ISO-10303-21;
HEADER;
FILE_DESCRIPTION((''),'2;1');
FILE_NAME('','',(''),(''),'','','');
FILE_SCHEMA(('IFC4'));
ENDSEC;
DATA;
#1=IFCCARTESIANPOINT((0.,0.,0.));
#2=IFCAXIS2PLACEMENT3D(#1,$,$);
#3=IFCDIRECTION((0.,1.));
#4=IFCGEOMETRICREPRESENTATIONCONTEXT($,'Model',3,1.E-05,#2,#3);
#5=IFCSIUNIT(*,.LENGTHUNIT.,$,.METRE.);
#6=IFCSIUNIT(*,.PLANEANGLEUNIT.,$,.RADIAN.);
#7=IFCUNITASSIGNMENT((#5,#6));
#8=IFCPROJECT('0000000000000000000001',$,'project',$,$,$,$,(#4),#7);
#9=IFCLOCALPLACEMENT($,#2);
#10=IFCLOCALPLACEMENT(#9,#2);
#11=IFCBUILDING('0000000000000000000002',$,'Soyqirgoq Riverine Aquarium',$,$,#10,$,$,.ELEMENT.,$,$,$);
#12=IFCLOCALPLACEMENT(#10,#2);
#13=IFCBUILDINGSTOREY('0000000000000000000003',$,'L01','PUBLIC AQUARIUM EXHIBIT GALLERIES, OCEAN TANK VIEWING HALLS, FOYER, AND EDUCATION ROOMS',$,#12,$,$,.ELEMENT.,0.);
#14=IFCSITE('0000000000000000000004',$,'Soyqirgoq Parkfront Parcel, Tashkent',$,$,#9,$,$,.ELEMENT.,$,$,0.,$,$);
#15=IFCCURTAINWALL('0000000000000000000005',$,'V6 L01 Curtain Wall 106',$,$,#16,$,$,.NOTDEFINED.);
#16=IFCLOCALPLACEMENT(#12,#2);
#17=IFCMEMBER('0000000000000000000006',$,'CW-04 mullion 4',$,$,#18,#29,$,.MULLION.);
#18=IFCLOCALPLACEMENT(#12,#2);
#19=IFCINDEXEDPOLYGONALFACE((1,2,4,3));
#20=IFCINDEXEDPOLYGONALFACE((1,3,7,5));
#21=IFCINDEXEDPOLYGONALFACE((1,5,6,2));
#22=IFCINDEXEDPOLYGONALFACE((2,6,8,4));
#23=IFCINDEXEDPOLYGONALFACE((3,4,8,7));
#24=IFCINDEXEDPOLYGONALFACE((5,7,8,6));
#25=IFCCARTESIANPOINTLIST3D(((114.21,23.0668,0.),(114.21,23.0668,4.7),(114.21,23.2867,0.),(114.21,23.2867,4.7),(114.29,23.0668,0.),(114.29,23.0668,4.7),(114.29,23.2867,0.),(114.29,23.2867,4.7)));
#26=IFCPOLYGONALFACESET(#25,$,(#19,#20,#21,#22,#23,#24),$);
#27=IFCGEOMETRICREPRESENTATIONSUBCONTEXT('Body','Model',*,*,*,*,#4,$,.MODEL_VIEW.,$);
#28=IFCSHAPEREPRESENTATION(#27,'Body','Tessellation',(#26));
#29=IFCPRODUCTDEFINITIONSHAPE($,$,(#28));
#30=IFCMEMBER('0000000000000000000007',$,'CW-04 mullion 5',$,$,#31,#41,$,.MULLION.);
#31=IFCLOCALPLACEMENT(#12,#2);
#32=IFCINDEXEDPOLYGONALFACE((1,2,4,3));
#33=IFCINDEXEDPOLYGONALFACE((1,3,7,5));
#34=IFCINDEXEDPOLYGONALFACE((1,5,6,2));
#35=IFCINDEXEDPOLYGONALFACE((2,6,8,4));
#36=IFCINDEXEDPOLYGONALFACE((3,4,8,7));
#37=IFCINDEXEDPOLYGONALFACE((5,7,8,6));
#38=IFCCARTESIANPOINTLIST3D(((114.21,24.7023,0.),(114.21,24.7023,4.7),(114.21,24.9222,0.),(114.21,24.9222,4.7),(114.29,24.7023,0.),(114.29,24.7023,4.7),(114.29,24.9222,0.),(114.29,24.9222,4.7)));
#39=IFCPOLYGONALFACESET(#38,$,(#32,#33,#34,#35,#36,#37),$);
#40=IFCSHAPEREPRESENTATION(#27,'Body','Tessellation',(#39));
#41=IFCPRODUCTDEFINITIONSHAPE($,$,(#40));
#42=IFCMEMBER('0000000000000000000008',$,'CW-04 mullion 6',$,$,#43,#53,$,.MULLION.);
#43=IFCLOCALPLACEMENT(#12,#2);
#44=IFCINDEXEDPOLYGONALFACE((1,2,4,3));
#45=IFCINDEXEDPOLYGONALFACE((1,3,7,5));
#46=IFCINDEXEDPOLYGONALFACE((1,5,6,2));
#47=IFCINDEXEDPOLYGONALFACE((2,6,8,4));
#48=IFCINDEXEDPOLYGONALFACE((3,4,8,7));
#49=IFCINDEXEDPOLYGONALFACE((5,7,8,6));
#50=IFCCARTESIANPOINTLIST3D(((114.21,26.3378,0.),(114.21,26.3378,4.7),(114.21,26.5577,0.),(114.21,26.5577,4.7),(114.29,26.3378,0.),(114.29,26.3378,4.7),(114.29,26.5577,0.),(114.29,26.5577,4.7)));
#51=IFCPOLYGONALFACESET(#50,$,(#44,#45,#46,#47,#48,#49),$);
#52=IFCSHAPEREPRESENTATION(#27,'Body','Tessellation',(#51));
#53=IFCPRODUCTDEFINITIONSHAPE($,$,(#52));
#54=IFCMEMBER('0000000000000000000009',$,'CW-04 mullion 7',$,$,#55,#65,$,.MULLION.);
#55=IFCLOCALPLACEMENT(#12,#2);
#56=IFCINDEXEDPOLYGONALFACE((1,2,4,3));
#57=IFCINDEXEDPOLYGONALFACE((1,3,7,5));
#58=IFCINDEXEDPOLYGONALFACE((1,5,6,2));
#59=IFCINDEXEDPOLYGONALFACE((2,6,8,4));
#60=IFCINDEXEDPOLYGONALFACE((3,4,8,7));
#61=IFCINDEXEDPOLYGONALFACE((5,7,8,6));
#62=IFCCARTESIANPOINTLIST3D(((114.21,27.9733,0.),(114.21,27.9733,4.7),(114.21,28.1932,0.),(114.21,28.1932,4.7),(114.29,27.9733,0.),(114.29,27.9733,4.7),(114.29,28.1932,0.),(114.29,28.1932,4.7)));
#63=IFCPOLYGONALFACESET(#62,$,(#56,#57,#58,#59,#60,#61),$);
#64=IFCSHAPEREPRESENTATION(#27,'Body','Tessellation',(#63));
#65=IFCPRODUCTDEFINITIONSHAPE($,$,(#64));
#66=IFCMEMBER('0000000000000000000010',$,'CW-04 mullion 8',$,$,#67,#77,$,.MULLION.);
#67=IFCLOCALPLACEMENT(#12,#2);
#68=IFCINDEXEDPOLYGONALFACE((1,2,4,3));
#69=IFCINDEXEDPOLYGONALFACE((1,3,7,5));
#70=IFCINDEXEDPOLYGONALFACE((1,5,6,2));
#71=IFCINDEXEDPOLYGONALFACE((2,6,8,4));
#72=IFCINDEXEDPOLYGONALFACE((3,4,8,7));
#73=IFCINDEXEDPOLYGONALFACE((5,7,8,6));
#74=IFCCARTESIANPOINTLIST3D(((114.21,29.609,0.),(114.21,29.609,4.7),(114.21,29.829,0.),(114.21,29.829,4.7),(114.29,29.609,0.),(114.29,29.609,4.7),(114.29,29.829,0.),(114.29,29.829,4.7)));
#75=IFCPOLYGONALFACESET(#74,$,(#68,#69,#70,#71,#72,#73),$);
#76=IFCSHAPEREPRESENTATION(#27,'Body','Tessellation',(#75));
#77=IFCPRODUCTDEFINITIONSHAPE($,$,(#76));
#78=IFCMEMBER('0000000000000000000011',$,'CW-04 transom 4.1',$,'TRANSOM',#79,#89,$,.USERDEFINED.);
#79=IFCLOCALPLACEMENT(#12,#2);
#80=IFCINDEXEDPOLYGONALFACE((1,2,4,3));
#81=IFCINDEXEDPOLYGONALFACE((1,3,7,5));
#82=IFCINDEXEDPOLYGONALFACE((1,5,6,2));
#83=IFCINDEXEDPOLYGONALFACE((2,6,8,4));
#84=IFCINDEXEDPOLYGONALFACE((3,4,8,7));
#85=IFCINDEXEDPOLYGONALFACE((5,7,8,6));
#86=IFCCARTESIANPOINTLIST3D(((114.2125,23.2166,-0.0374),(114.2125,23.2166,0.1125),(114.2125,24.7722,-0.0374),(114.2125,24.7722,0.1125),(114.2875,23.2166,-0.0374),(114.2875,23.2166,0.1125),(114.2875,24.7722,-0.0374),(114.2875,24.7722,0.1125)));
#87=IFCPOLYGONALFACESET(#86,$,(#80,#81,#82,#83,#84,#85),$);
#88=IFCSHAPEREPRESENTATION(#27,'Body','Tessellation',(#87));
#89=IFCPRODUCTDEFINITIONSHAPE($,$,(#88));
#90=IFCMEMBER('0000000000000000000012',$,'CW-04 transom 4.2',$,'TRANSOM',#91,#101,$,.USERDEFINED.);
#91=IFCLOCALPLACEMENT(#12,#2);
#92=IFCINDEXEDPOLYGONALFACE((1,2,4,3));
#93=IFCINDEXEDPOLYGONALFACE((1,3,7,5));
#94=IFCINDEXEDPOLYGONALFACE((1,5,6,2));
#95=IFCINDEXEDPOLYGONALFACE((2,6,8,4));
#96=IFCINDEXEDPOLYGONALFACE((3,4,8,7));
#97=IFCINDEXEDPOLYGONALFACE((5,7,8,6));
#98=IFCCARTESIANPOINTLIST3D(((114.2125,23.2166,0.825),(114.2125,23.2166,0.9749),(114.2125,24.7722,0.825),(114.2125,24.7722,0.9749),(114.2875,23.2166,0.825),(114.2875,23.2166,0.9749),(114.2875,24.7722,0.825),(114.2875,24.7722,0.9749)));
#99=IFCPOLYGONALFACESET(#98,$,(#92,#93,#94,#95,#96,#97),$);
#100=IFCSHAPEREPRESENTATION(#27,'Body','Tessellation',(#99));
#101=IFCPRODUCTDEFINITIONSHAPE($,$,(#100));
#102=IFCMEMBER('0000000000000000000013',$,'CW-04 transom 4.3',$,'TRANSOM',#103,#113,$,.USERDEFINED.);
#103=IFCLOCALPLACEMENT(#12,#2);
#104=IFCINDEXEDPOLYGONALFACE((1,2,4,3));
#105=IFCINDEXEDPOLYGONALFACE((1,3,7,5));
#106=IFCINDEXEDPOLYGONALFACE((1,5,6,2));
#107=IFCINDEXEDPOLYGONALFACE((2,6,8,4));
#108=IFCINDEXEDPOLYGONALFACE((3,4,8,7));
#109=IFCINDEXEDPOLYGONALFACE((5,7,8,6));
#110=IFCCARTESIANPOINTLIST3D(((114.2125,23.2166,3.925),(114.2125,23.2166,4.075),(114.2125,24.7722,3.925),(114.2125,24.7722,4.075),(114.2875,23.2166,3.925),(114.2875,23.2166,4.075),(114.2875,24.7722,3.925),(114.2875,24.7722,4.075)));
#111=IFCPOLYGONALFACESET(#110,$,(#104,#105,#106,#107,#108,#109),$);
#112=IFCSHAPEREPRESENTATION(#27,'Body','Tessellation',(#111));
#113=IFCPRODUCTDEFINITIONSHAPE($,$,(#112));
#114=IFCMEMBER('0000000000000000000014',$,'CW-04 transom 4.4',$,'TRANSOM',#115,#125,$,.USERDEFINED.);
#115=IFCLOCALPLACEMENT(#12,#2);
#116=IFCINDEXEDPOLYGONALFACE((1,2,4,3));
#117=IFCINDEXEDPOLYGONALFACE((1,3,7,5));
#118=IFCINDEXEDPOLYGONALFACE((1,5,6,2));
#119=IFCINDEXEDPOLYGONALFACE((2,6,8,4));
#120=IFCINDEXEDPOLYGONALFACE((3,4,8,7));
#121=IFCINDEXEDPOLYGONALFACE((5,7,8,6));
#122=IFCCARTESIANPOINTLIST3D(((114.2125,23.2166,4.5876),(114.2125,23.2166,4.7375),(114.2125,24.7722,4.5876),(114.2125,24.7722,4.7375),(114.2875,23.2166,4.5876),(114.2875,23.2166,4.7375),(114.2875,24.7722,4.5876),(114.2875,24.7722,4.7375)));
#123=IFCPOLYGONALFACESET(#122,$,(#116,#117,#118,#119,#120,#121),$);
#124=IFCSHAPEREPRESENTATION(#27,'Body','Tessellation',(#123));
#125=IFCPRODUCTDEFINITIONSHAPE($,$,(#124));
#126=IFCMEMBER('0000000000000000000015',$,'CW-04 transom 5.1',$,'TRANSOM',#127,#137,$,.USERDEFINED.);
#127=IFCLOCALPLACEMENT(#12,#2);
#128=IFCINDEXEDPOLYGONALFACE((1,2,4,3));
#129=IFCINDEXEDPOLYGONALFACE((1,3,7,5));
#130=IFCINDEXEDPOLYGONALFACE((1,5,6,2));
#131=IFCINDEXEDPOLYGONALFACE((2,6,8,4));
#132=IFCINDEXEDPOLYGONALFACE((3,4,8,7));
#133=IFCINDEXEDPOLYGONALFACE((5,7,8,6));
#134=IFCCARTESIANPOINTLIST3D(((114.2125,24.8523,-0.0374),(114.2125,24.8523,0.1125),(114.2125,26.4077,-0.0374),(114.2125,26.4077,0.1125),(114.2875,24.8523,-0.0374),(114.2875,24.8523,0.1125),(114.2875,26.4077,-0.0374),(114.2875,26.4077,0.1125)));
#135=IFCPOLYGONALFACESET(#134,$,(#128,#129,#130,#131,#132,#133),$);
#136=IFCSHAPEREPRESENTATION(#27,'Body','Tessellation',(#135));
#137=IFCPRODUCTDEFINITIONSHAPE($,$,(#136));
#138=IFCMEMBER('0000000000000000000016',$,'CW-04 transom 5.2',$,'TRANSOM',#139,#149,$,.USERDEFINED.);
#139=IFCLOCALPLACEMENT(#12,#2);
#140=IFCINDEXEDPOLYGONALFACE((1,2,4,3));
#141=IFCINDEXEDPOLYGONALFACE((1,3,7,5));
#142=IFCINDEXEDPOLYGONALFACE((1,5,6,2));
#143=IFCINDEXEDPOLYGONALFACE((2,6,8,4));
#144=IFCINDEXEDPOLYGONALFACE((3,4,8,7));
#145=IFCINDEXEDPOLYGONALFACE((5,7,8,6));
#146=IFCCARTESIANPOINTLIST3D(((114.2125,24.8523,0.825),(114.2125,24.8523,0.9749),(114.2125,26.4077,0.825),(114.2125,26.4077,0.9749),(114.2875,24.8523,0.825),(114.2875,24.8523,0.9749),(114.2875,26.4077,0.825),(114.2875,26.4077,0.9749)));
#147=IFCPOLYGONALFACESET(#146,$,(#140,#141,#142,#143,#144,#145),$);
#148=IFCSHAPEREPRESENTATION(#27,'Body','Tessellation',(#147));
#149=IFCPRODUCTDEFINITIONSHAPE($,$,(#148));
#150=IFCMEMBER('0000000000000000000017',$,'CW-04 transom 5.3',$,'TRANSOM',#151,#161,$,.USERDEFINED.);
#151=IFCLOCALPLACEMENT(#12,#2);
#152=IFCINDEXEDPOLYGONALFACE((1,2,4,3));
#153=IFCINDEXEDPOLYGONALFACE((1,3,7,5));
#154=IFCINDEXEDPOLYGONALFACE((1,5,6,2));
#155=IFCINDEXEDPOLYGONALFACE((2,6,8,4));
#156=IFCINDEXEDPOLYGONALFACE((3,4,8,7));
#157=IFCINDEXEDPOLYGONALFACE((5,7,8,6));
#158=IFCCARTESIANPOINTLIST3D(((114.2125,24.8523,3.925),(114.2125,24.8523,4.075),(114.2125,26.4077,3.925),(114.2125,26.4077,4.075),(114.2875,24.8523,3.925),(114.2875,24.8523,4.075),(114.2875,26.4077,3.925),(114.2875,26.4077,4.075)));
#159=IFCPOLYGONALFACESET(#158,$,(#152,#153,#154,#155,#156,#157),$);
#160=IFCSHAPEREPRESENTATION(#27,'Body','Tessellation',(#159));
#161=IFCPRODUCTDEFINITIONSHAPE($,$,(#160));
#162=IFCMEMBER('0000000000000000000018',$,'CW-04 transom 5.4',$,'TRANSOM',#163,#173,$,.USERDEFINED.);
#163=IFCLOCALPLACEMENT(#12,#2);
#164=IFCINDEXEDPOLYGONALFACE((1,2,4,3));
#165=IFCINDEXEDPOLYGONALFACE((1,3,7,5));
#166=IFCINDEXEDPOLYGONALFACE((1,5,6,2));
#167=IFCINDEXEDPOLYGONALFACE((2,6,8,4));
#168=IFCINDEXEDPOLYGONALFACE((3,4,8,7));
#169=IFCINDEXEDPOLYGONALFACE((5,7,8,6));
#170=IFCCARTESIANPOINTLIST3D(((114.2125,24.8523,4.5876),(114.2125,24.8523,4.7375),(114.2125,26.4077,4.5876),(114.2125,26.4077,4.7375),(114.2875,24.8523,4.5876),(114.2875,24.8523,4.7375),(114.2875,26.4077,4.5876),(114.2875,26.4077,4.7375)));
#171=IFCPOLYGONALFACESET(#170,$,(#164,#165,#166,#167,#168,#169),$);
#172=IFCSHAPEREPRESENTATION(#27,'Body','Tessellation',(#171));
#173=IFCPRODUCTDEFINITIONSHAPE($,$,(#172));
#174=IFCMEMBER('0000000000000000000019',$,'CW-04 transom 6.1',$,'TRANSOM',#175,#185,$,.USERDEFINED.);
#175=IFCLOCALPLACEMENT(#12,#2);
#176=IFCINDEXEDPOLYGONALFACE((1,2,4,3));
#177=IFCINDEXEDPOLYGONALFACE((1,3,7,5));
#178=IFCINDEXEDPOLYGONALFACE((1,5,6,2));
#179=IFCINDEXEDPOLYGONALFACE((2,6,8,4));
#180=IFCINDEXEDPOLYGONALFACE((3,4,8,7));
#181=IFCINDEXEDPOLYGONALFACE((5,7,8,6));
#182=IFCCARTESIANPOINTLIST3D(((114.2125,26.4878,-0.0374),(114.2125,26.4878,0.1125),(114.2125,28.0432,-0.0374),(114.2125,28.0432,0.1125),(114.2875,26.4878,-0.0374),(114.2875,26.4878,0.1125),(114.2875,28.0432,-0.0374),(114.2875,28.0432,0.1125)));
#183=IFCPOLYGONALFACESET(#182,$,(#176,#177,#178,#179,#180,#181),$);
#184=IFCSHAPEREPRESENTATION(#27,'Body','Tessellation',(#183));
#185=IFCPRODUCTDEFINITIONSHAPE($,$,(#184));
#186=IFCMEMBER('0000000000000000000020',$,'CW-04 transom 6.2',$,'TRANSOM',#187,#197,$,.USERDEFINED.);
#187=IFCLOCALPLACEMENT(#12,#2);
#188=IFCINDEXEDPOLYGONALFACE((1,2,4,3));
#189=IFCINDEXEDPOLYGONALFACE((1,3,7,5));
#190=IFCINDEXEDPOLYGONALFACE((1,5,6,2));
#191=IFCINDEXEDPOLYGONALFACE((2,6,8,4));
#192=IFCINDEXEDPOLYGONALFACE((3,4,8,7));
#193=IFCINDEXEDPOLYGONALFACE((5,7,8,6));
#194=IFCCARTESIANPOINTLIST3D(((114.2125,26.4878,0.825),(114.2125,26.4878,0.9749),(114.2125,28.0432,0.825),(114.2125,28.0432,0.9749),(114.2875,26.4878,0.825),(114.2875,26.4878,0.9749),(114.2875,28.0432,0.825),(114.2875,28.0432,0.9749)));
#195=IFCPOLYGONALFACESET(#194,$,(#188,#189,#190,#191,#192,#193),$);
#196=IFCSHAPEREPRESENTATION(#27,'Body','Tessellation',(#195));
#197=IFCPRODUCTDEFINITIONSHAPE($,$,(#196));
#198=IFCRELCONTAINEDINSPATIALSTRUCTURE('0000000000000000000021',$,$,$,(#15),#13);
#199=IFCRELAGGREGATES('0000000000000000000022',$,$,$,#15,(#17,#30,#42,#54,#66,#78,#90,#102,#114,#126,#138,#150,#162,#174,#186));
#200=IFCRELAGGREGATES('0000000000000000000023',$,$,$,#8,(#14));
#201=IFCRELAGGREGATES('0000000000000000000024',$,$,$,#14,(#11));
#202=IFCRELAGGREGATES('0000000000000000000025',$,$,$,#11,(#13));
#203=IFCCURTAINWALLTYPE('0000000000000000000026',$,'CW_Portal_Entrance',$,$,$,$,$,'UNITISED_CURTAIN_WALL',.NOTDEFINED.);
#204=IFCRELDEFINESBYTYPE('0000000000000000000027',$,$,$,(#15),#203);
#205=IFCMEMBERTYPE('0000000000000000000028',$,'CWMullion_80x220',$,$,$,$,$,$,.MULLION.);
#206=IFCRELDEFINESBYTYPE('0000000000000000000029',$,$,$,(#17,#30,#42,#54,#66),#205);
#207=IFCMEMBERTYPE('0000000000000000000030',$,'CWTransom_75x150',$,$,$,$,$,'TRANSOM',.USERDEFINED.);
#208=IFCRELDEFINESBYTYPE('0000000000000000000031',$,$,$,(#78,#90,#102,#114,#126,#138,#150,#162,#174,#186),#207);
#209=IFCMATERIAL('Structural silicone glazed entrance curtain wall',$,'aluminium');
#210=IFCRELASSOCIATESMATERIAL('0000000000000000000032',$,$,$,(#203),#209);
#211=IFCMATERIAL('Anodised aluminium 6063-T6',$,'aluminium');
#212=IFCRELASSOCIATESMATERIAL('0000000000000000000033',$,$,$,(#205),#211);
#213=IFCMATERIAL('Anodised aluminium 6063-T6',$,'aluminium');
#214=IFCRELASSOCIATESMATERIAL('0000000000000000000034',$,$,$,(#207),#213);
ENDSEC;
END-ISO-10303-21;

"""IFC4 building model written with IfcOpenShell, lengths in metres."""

from ifc_helpers import new_model, si_unit, direction, frame, origin, origin_2d, place, context, subcontext, project, spatial, rectangle, extrude, material, material_profile, profile_set, type_object, element, aggregate, save


model = new_model("IFC4")

# Units and contexts
model_context = context("Model", 3, precision=1e-05, world=origin(), true_north=direction((0.0, 1.0)))
body_context = subcontext(model_context, "Body", "Model", "MODEL_VIEW")
ifc_project = project(units=[si_unit("LENGTHUNIT", "METRE"), si_unit("PLANEANGLEUNIT", "RADIAN")], contexts=[model_context])

# Site, building, storey
site_placement = place(None, origin())
site = spatial("IfcSite", under=ifc_project, at=site_placement, Name="Soyqirgoq Parkfront Parcel, Tashkent", CompositionType="ELEMENT", RefElevation=0.0)
building_placement = place(site_placement, origin())
building = spatial("IfcBuilding", under=site, at=building_placement, Name="Soyqirgoq Riverine Aquarium", CompositionType="ELEMENT")
storey_placement = place(building_placement, origin())
storey = spatial("IfcBuildingStorey", under=building, at=storey_placement, Name="L01", Description="PUBLIC AQUARIUM EXHIBIT GALLERIES, OCEAN TANK VIEWING HALLS, FOYER, AND EDUCATION ROOMS", CompositionType="ELEMENT", Elevation=0.0)

# Curtain wall, members
ifc_material_1 = material(Name="Structural silicone glazed entrance curtain wall", Category="aluminium")
curtain_wall_type = type_object("IfcCurtainWallType", Name="CW_Portal_Entrance", ElementType="UNITISED_CURTAIN_WALL", PredefinedType="NOTDEFINED", material=ifc_material_1)
curtain_wall_placement = place(storey_placement, origin())
curtain_wall = element("IfcCurtainWall", 1, at=curtain_wall_placement, inside=storey, type_object=curtain_wall_type, Name="V6 L01 Curtain Wall 106", PredefinedType="NOTDEFINED")
ifc_material_2 = material(Name="Anodised aluminium 6063-T6", Category="aluminium")
ifc_material_profile_1 = material_profile(ifc_material_2, rectangle(XDim=0.0801, YDim=0.22, at=origin_2d()), Name="ALU-M 80x220")
ifc_profile_set_1 = profile_set([ifc_material_profile_1], Name="Anodised aluminium 6063-T6")
member_type_1 = type_object("IfcMemberType", Name="CWMullion_80x220", PredefinedType="MULLION", material=ifc_profile_set_1)
member_1_placement = place(storey_placement, frame((114.25, 23.1768, 0.0), z_axis=(0.0, 0.0, 1.0), x_axis=(-1.0, 0.0, 0.0)))
member_1 = element("IfcMember", 2, at=member_1_placement, type_object=member_type_1, Name="CW-04 mullion 4", PredefinedType="MULLION", context=body_context, shape_type="SweptSolid", body=[
    extrude(rectangle(XDim=0.0801, YDim=0.22, at=origin_2d()), origin(), (0.0, 0.0, 1.0), 4.7),
])
member_2_placement = place(storey_placement, frame((114.25, 24.8123, 0.0), z_axis=(0.0, 0.0, 1.0), x_axis=(-1.0, 0.0, 0.0)))
member_2 = element("IfcMember", 3, at=member_2_placement, type_object=member_type_1, Name="CW-04 mullion 5", PredefinedType="MULLION", context=body_context, shape_type="SweptSolid", body=[
    extrude(rectangle(XDim=0.0801, YDim=0.22, at=origin_2d()), origin(), (0.0, 0.0, 1.0), 4.7),
])
member_3_placement = place(storey_placement, frame((114.25, 26.4478, 0.0), z_axis=(0.0, 0.0, 1.0), x_axis=(-1.0, 0.0, 0.0)))
member_3 = element("IfcMember", 4, at=member_3_placement, type_object=member_type_1, Name="CW-04 mullion 6", PredefinedType="MULLION", context=body_context, shape_type="SweptSolid", body=[
    extrude(rectangle(XDim=0.0801, YDim=0.22, at=origin_2d()), origin(), (0.0, 0.0, 1.0), 4.7),
])
member_4_placement = place(storey_placement, frame((114.25, 28.0833, 0.0), z_axis=(0.0, 0.0, 1.0), x_axis=(-1.0, 0.0, 0.0)))
member_4 = element("IfcMember", 5, at=member_4_placement, type_object=member_type_1, Name="CW-04 mullion 7", PredefinedType="MULLION", context=body_context, shape_type="SweptSolid", body=[
    extrude(rectangle(XDim=0.0801, YDim=0.22, at=origin_2d()), origin(), (0.0, 0.0, 1.0), 4.7),
])
member_5_placement = place(storey_placement, frame((114.25, 29.719, 0.0), z_axis=(0.0, 0.0, 1.0), x_axis=(-1.0, 0.0, 0.0)))
member_5 = element("IfcMember", 6, at=member_5_placement, type_object=member_type_1, Name="CW-04 mullion 8", PredefinedType="MULLION", context=body_context, shape_type="SweptSolid", body=[
    extrude(rectangle(XDim=0.0801, YDim=0.22, at=origin_2d()), origin(), (0.0, 0.0, 1.0), 4.7),
])
ifc_material_3 = material(Name="Anodised aluminium 6063-T6", Category="aluminium")
ifc_material_profile_2 = material_profile(ifc_material_3, rectangle(XDim=0.075, YDim=0.1499, at=origin_2d()), Name="ALU-T 75x150")
ifc_profile_set_2 = profile_set([ifc_material_profile_2], Name="Anodised aluminium 6063-T6")
member_type_2 = type_object("IfcMemberType", Name="CWTransom_75x150", ElementType="TRANSOM", PredefinedType="USERDEFINED", material=ifc_profile_set_2)
member_6_placement = place(storey_placement, frame((114.25, 23.2166, 0.0376), z_axis=(0.0, 1.0, 0.0), x_axis=(-1.0, 0.0, 0.0)))
member_6 = element("IfcMember", 7, at=member_6_placement, type_object=member_type_2, Name="CW-04 transom 4.1", ObjectType="TRANSOM", PredefinedType="USERDEFINED", context=body_context, shape_type="SweptSolid", body=[
    extrude(rectangle(XDim=0.075, YDim=0.1499, at=origin_2d()), origin(), (0.0, 0.0, 1.0), 1.5557),
])
member_7_placement = place(storey_placement, frame((114.25, 23.2166, 0.8999), z_axis=(0.0, 1.0, 0.0), x_axis=(-1.0, 0.0, 0.0)))
member_7 = element("IfcMember", 8, at=member_7_placement, type_object=member_type_2, Name="CW-04 transom 4.2", ObjectType="TRANSOM", PredefinedType="USERDEFINED", context=body_context, shape_type="SweptSolid", body=[
    extrude(rectangle(XDim=0.075, YDim=0.1499, at=origin_2d()), origin(), (0.0, 0.0, 1.0), 1.5557),
])
member_8_placement = place(storey_placement, frame((114.25, 23.2166, 4.0), z_axis=(0.0, 1.0, 0.0), x_axis=(-1.0, 0.0, 0.0)))
member_8 = element("IfcMember", 9, at=member_8_placement, type_object=member_type_2, Name="CW-04 transom 4.3", ObjectType="TRANSOM", PredefinedType="USERDEFINED", context=body_context, shape_type="SweptSolid", body=[
    extrude(rectangle(XDim=0.075, YDim=0.1499, at=origin_2d()), origin(), (0.0, 0.0, 1.0), 1.5557),
])
member_9_placement = place(storey_placement, frame((114.25, 23.2166, 4.6626), z_axis=(0.0, 1.0, 0.0), x_axis=(-1.0, 0.0, 0.0)))
member_9 = element("IfcMember", 10, at=member_9_placement, type_object=member_type_2, Name="CW-04 transom 4.4", ObjectType="TRANSOM", PredefinedType="USERDEFINED", context=body_context, shape_type="SweptSolid", body=[
    extrude(rectangle(XDim=0.075, YDim=0.1499, at=origin_2d()), origin(), (0.0, 0.0, 1.0), 1.5557),
])
member_10_placement = place(storey_placement, frame((114.25, 24.8523, 0.0376), z_axis=(0.0, 1.0, 0.0), x_axis=(-1.0, 0.0, 0.0)))
member_10 = element("IfcMember", 11, at=member_10_placement, type_object=member_type_2, Name="CW-04 transom 5.1", ObjectType="TRANSOM", PredefinedType="USERDEFINED", context=body_context, shape_type="SweptSolid", body=[
    extrude(rectangle(XDim=0.075, YDim=0.1499, at=origin_2d()), origin(), (0.0, 0.0, 1.0), 1.5554),
])
member_11_placement = place(storey_placement, frame((114.25, 24.8523, 0.8999), z_axis=(0.0, 1.0, 0.0), x_axis=(-1.0, 0.0, 0.0)))
member_11 = element("IfcMember", 12, at=member_11_placement, type_object=member_type_2, Name="CW-04 transom 5.2", ObjectType="TRANSOM", PredefinedType="USERDEFINED", context=body_context, shape_type="SweptSolid", body=[
    extrude(rectangle(XDim=0.075, YDim=0.1499, at=origin_2d()), origin(), (0.0, 0.0, 1.0), 1.5554),
])
member_12_placement = place(storey_placement, frame((114.25, 24.8523, 4.0), z_axis=(0.0, 1.0, 0.0), x_axis=(-1.0, 0.0, 0.0)))
member_12 = element("IfcMember", 13, at=member_12_placement, type_object=member_type_2, Name="CW-04 transom 5.3", ObjectType="TRANSOM", PredefinedType="USERDEFINED", context=body_context, shape_type="SweptSolid", body=[
    extrude(rectangle(XDim=0.075, YDim=0.1499, at=origin_2d()), origin(), (0.0, 0.0, 1.0), 1.5554),
])
member_13_placement = place(storey_placement, frame((114.25, 24.8523, 4.6626), z_axis=(0.0, 1.0, 0.0), x_axis=(-1.0, 0.0, 0.0)))
member_13 = element("IfcMember", 14, at=member_13_placement, type_object=member_type_2, Name="CW-04 transom 5.4", ObjectType="TRANSOM", PredefinedType="USERDEFINED", context=body_context, shape_type="SweptSolid", body=[
    extrude(rectangle(XDim=0.075, YDim=0.1499, at=origin_2d()), origin(), (0.0, 0.0, 1.0), 1.5554),
])
member_14_placement = place(storey_placement, frame((114.25, 26.4878, 0.0376), z_axis=(0.0, 1.0, 0.0), x_axis=(-1.0, 0.0, 0.0)))
member_14 = element("IfcMember", 15, at=member_14_placement, type_object=member_type_2, Name="CW-04 transom 6.1", ObjectType="TRANSOM", PredefinedType="USERDEFINED", context=body_context, shape_type="SweptSolid", body=[
    extrude(rectangle(XDim=0.075, YDim=0.1499, at=origin_2d()), origin(), (0.0, 0.0, 1.0), 1.5554),
])
member_15_placement = place(storey_placement, frame((114.25, 26.4878, 0.8999), z_axis=(0.0, 1.0, 0.0), x_axis=(-1.0, 0.0, 0.0)))
member_15 = element("IfcMember", 16, at=member_15_placement, type_object=member_type_2, Name="CW-04 transom 6.2", ObjectType="TRANSOM", PredefinedType="USERDEFINED", context=body_context, shape_type="SweptSolid", body=[
    extrude(rectangle(XDim=0.075, YDim=0.1499, at=origin_2d()), origin(), (0.0, 0.0, 1.0), 1.5554),
])
aggregate(curtain_wall, [member_1, member_2, member_3, member_4, member_5, member_6, member_7, member_8, member_9, member_10, member_11, member_12, member_13, member_14, member_15])

save(model, "model.ifc")
